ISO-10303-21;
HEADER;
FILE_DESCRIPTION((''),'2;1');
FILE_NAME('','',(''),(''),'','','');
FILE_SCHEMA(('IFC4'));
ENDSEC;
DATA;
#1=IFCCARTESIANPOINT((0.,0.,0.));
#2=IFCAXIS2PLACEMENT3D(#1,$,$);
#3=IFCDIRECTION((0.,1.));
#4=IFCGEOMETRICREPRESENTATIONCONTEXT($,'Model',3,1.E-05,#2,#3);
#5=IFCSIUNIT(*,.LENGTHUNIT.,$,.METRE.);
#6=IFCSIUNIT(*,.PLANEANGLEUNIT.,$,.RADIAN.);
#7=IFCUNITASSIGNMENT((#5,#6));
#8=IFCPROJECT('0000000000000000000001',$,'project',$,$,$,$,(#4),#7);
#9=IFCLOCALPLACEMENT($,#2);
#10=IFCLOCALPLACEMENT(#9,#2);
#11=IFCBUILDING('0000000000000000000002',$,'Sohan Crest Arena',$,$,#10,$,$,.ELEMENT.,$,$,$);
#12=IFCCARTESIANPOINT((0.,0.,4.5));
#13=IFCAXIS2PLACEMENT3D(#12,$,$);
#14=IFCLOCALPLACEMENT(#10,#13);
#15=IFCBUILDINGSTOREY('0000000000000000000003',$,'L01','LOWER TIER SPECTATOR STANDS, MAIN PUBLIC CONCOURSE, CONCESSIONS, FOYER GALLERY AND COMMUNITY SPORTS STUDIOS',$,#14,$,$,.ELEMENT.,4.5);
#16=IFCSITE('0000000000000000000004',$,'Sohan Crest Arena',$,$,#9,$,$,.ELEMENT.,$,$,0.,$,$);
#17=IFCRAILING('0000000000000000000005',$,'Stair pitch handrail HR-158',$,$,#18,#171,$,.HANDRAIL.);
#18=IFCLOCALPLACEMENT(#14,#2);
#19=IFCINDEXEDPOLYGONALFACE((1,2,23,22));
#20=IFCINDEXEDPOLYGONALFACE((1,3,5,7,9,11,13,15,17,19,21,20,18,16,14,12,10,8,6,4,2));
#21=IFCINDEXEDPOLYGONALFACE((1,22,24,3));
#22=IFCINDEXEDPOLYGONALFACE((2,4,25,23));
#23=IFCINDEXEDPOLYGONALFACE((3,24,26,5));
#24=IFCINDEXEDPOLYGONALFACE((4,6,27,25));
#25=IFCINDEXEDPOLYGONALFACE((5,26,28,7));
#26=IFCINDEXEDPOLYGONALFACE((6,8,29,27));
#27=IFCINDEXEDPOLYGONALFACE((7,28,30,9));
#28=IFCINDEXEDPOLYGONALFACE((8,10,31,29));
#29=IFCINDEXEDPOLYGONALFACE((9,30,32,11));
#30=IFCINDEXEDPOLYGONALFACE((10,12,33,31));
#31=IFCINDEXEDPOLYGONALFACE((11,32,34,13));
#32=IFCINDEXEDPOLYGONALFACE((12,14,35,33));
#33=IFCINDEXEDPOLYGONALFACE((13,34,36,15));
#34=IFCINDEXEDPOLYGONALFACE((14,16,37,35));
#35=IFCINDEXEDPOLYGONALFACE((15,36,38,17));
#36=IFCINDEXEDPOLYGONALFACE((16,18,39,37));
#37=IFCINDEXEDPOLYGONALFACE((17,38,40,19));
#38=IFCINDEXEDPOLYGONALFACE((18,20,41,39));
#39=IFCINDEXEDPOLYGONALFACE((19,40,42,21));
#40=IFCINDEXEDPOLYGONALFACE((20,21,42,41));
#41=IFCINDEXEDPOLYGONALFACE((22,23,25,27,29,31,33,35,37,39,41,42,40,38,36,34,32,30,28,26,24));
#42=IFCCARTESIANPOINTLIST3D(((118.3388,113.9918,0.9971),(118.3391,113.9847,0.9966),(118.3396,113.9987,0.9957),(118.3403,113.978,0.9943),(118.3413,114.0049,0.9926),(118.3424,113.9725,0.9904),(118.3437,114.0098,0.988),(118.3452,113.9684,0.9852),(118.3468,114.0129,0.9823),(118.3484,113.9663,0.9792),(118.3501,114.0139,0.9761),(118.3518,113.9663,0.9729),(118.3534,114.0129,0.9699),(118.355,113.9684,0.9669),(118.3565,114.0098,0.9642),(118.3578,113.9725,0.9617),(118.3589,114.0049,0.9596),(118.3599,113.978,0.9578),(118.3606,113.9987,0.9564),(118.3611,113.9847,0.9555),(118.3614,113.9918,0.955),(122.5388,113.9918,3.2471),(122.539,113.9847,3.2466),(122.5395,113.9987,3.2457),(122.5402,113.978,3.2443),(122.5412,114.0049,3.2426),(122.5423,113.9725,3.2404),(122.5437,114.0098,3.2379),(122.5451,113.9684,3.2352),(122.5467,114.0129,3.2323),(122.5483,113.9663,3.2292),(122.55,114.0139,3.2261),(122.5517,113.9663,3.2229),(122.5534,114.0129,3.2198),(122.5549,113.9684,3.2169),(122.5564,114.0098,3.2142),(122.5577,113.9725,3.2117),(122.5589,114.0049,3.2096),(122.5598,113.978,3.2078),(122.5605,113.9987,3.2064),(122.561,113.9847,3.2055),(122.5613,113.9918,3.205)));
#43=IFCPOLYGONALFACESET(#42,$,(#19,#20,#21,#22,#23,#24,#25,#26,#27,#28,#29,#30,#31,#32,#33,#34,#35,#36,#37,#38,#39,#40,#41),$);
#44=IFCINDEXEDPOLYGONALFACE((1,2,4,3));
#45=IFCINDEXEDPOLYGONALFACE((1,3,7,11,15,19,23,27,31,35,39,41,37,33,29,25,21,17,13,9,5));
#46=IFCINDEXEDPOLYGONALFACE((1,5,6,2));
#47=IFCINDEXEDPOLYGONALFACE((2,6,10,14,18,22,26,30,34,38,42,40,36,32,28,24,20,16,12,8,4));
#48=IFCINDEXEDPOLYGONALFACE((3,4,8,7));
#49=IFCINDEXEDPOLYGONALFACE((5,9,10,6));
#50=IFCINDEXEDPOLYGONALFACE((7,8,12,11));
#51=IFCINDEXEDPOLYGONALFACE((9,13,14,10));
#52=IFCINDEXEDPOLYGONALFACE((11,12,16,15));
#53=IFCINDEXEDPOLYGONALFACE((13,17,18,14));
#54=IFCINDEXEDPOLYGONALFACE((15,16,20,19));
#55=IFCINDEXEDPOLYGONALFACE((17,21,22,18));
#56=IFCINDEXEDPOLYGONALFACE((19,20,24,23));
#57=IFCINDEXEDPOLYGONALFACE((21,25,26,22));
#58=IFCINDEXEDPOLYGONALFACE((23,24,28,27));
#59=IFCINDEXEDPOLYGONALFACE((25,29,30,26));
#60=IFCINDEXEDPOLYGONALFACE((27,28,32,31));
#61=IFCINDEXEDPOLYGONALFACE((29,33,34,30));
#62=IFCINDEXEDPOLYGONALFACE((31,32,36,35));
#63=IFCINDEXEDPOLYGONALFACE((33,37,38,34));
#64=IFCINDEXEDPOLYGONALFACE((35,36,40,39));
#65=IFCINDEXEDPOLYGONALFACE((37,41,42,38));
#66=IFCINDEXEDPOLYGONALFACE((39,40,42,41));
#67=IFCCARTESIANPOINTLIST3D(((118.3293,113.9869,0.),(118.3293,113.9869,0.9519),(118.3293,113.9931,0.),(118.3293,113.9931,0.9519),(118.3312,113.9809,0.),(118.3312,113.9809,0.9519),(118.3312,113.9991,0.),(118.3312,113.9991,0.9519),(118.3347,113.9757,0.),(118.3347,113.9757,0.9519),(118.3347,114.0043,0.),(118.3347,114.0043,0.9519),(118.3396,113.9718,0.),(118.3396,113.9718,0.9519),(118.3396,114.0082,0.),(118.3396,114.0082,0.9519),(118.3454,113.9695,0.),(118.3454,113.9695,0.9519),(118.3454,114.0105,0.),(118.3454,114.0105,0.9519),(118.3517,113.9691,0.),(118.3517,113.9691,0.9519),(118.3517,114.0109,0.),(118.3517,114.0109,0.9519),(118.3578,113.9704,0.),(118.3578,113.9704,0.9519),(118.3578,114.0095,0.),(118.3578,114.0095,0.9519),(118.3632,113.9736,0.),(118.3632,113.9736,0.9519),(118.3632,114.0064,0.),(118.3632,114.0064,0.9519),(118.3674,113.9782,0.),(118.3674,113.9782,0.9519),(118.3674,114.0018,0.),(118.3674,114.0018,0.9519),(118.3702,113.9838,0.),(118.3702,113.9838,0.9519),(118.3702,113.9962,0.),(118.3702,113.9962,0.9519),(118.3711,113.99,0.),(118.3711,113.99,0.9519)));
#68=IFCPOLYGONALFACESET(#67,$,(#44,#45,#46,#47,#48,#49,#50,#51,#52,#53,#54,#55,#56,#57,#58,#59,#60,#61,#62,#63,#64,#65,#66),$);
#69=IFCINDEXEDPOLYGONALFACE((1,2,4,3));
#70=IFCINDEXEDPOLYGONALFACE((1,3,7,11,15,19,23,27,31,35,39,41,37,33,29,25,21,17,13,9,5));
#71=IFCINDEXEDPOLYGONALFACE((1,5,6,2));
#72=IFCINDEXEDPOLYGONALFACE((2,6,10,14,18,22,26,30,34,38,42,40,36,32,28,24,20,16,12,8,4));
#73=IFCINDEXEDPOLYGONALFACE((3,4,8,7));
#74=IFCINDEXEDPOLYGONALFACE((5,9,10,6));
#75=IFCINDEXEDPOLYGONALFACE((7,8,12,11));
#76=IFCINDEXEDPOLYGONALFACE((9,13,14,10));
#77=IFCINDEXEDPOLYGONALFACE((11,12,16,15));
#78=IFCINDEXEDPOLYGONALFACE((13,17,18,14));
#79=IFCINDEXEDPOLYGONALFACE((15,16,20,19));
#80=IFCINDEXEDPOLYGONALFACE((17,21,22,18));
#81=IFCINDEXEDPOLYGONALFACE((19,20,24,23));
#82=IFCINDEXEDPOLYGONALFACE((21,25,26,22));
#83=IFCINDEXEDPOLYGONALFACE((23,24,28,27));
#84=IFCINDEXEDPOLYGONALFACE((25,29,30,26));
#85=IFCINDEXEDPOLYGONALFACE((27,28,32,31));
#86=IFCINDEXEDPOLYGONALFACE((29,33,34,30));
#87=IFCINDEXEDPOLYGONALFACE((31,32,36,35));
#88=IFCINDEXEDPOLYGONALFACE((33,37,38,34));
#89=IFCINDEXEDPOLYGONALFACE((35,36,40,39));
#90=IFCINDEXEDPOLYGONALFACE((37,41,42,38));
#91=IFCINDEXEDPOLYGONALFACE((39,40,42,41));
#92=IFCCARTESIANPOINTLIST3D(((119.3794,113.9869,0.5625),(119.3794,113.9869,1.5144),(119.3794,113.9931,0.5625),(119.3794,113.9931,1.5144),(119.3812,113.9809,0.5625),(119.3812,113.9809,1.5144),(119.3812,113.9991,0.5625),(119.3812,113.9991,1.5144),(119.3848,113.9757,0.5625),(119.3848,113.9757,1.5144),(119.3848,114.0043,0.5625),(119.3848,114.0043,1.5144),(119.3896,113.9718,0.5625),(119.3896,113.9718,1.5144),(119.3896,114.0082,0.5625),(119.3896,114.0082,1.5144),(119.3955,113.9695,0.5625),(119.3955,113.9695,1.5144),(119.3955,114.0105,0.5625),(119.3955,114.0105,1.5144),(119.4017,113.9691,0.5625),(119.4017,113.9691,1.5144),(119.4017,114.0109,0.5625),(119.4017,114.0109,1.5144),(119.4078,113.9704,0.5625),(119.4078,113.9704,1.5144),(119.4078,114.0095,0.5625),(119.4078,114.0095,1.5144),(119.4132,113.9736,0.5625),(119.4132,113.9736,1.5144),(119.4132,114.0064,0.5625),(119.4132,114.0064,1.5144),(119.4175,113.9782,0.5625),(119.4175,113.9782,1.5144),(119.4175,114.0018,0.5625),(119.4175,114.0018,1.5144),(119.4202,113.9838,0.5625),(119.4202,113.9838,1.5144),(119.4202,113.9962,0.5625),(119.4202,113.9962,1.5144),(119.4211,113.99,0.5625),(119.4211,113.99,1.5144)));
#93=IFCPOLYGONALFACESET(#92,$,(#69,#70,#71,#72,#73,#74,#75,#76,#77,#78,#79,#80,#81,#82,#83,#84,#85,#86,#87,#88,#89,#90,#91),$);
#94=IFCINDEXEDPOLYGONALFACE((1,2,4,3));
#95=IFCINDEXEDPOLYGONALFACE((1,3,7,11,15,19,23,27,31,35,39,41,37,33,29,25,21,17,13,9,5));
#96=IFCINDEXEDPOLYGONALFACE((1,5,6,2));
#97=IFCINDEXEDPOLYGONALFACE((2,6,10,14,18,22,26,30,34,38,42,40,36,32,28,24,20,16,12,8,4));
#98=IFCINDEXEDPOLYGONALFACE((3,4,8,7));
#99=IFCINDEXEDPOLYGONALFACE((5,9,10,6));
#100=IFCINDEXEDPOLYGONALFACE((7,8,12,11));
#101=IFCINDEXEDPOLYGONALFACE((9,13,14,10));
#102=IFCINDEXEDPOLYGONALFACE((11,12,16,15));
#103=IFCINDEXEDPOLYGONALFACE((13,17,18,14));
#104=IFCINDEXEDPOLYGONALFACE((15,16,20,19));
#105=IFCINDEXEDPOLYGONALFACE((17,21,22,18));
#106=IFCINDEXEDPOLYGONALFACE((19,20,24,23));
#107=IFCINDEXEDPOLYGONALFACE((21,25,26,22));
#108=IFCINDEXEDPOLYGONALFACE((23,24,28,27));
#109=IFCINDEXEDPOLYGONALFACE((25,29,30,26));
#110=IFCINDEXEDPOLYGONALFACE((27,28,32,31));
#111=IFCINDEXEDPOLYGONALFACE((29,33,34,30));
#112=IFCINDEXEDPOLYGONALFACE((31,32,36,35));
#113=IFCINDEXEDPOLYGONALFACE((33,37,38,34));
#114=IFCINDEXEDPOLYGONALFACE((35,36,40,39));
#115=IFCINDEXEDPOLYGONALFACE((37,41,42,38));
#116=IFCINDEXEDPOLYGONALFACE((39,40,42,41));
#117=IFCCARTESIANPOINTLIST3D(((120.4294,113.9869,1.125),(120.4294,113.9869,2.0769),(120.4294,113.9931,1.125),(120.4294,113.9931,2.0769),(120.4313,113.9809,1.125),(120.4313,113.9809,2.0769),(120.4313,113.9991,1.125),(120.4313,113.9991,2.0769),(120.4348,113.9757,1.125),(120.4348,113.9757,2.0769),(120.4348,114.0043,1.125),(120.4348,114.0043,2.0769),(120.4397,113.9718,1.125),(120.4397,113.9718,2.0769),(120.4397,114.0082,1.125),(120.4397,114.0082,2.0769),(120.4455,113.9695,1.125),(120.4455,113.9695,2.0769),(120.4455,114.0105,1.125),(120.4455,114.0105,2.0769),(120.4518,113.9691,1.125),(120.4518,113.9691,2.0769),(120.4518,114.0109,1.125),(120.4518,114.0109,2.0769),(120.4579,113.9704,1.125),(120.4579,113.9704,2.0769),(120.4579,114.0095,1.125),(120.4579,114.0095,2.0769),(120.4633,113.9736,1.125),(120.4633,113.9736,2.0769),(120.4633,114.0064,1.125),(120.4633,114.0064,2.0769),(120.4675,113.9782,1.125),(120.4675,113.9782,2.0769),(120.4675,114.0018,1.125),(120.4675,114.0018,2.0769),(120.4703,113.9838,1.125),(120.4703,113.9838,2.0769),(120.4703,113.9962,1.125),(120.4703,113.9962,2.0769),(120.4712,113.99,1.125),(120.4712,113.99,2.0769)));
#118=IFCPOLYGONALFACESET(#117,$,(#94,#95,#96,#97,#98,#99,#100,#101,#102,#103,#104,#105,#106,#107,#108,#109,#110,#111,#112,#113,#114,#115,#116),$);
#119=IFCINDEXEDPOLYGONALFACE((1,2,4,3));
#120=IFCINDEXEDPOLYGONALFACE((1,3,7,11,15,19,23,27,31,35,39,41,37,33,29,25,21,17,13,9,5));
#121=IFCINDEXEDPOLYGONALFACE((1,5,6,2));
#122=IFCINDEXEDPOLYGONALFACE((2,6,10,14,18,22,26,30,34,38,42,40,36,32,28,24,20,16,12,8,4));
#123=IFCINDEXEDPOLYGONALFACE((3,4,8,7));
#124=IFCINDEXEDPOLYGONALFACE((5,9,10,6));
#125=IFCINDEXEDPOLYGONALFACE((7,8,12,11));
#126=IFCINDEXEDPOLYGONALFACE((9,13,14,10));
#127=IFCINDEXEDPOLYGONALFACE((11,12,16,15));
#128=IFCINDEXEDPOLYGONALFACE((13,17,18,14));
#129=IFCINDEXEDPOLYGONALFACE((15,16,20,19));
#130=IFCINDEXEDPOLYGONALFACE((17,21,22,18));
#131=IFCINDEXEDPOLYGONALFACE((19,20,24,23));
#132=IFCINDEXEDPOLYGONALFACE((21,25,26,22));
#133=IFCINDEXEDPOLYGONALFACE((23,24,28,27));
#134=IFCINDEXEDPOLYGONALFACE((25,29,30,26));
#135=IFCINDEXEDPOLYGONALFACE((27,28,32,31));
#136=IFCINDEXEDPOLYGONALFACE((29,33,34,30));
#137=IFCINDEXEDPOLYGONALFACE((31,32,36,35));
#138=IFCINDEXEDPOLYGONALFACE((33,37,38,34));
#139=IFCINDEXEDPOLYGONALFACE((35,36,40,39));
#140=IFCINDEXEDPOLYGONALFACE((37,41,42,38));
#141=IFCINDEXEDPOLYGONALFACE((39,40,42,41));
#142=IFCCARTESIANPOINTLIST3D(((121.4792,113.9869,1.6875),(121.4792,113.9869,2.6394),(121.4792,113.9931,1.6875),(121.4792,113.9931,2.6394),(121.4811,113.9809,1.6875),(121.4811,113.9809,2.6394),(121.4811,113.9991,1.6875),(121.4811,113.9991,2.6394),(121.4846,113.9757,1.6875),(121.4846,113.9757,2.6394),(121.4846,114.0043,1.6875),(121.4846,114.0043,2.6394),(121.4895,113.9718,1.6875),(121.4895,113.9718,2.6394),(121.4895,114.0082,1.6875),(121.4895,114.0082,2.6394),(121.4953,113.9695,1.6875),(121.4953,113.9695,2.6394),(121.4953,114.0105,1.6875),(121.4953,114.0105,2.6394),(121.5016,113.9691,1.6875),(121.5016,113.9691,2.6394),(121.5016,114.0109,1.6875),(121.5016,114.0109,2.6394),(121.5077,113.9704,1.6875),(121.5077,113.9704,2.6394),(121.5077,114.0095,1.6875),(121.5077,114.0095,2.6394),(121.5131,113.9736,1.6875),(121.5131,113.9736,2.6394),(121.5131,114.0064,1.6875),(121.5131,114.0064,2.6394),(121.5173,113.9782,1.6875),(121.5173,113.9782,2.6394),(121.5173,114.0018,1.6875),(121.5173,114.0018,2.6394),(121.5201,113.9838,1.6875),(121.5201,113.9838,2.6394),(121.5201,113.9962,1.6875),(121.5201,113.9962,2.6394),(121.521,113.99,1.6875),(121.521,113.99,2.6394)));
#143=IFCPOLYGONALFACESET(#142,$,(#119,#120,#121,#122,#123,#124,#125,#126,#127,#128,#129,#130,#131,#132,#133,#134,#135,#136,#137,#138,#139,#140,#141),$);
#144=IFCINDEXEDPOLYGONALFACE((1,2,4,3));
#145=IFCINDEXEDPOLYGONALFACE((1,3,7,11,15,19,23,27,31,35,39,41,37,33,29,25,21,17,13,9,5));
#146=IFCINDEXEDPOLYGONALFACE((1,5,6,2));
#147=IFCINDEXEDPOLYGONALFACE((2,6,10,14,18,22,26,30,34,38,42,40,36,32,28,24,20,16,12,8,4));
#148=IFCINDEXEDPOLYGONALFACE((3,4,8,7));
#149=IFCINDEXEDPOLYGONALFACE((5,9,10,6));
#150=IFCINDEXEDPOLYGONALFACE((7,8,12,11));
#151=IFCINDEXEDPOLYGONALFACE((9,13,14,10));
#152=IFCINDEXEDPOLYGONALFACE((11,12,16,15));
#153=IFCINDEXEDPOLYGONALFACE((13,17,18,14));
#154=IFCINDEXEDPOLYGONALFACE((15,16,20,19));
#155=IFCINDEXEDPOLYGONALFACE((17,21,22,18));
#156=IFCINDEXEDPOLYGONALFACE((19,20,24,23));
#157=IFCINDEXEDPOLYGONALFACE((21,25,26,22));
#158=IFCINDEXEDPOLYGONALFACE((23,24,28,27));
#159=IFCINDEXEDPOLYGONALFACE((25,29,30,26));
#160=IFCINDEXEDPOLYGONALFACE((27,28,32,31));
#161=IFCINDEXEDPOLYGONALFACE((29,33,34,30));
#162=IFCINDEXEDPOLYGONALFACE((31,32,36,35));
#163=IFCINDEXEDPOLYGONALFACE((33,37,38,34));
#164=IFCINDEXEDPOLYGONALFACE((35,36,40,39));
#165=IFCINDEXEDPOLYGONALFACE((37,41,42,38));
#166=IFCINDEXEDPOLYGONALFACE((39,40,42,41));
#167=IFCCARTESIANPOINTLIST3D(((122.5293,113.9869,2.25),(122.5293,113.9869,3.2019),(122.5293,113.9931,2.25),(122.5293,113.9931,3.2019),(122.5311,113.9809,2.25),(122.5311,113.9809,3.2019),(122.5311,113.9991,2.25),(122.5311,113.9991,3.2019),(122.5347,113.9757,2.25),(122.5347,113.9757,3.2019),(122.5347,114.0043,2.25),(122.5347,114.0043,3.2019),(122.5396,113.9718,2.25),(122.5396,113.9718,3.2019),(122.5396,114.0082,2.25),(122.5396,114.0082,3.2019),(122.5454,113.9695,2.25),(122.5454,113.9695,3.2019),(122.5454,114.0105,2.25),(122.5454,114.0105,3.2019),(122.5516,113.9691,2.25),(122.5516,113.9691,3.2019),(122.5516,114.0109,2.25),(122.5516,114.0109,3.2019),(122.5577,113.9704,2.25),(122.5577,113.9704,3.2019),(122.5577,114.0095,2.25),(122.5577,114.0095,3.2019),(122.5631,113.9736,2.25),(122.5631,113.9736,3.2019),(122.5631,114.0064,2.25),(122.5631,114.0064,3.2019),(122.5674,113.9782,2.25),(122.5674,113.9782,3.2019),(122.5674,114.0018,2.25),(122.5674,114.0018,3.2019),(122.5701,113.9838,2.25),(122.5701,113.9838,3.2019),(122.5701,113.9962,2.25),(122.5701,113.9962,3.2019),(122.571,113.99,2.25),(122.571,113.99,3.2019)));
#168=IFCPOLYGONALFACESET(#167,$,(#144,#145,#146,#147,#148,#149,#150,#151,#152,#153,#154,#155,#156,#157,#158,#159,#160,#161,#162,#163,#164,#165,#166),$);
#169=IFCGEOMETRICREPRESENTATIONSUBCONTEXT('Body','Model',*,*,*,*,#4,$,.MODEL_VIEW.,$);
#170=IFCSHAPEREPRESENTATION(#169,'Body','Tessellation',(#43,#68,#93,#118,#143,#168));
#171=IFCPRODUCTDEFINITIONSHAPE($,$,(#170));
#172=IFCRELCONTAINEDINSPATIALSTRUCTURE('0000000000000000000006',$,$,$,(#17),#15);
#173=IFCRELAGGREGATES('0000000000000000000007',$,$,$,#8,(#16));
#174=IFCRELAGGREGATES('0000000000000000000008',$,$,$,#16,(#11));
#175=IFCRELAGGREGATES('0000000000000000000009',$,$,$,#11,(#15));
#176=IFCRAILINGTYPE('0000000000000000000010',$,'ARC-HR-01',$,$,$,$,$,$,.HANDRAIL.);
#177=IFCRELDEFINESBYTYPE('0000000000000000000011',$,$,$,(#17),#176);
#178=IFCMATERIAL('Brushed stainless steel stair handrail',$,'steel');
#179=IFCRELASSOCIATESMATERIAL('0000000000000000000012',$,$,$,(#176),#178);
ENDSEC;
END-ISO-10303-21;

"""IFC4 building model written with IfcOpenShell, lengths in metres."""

from ifc_helpers import new_model, si_unit, direction, frame, origin, origin_2d, place, context, subcontext, project, spatial, circle, extrude, material, type_object, element, save


model = new_model("IFC4")

# Units and contexts
model_context = context("Model", 3, precision=1e-05, world=origin(), true_north=direction((0.0, 1.0)))
body_context = subcontext(model_context, "Body", "Model", "MODEL_VIEW")
ifc_project = project(units=[si_unit("LENGTHUNIT", "METRE"), si_unit("PLANEANGLEUNIT", "RADIAN")], contexts=[model_context])

# Site, building, storey
site_placement = place(None, origin())
site = spatial("IfcSite", under=ifc_project, at=site_placement, Name="Sohan Crest Arena", CompositionType="ELEMENT", RefElevation=0.0)
building_placement = place(site_placement, origin())
building = spatial("IfcBuilding", under=site, at=building_placement, Name="Sohan Crest Arena", CompositionType="ELEMENT")
storey_placement = place(building_placement, frame((0.0, 0.0, 4.5)))
storey = spatial("IfcBuildingStorey", under=building, at=storey_placement, Name="L01", Description="LOWER TIER SPECTATOR STANDS, MAIN PUBLIC CONCOURSE, CONCESSIONS, FOYER GALLERY AND COMMUNITY SPORTS STUDIOS", CompositionType="ELEMENT", Elevation=4.5)

# Railing
ifc_material_1 = material(Name="Brushed stainless steel stair handrail", Category="steel")
railing_type_1 = type_object("IfcRailingType", Name="ARC-HR-01", PredefinedType="HANDRAIL", material=ifc_material_1)
for number, where, name in (
    (1, (118.3501, 113.99, 0.0), "Stair pitch handrail HR-158"),
):
    element("IfcRailing", number, at=place(storey_placement, frame(where)), inside=storey, type_object=railing_type_1, Name=name, PredefinedType="HANDRAIL", context=body_context, shape_type="SweptSolid", body=[
        extrude(circle(Radius=0.0239, at=origin_2d()), frame((0.0, 0.0, 0.9761), z_axis=(0.881478, 0.0, 0.472226), x_axis=(0.0, 1.0, 0.0)), (0.0, 0.0, 1.0), 4.7646),
        extrude(circle(Radius=0.021, at=origin_2d()), origin(), (0.0, 0.0, 1.0), 0.9519),
        extrude(circle(Radius=0.021, at=origin_2d()), frame((1.05, 0.0, 0.5625)), (0.0, 0.0, 1.0), 0.9519),
        extrude(circle(Radius=0.021, at=origin_2d()), frame((2.1001, 0.0, 1.125)), (0.0, 0.0, 1.0), 0.9519),
        extrude(circle(Radius=0.021, at=origin_2d()), frame((3.1499, 0.0, 1.6875)), (0.0, 0.0, 1.0), 0.9519),
        extrude(circle(Radius=0.021, at=origin_2d()), frame((4.2, 0.0, 2.25)), (0.0, 0.0, 1.0), 0.9519),
    ])

save(model, "model.ifc")
